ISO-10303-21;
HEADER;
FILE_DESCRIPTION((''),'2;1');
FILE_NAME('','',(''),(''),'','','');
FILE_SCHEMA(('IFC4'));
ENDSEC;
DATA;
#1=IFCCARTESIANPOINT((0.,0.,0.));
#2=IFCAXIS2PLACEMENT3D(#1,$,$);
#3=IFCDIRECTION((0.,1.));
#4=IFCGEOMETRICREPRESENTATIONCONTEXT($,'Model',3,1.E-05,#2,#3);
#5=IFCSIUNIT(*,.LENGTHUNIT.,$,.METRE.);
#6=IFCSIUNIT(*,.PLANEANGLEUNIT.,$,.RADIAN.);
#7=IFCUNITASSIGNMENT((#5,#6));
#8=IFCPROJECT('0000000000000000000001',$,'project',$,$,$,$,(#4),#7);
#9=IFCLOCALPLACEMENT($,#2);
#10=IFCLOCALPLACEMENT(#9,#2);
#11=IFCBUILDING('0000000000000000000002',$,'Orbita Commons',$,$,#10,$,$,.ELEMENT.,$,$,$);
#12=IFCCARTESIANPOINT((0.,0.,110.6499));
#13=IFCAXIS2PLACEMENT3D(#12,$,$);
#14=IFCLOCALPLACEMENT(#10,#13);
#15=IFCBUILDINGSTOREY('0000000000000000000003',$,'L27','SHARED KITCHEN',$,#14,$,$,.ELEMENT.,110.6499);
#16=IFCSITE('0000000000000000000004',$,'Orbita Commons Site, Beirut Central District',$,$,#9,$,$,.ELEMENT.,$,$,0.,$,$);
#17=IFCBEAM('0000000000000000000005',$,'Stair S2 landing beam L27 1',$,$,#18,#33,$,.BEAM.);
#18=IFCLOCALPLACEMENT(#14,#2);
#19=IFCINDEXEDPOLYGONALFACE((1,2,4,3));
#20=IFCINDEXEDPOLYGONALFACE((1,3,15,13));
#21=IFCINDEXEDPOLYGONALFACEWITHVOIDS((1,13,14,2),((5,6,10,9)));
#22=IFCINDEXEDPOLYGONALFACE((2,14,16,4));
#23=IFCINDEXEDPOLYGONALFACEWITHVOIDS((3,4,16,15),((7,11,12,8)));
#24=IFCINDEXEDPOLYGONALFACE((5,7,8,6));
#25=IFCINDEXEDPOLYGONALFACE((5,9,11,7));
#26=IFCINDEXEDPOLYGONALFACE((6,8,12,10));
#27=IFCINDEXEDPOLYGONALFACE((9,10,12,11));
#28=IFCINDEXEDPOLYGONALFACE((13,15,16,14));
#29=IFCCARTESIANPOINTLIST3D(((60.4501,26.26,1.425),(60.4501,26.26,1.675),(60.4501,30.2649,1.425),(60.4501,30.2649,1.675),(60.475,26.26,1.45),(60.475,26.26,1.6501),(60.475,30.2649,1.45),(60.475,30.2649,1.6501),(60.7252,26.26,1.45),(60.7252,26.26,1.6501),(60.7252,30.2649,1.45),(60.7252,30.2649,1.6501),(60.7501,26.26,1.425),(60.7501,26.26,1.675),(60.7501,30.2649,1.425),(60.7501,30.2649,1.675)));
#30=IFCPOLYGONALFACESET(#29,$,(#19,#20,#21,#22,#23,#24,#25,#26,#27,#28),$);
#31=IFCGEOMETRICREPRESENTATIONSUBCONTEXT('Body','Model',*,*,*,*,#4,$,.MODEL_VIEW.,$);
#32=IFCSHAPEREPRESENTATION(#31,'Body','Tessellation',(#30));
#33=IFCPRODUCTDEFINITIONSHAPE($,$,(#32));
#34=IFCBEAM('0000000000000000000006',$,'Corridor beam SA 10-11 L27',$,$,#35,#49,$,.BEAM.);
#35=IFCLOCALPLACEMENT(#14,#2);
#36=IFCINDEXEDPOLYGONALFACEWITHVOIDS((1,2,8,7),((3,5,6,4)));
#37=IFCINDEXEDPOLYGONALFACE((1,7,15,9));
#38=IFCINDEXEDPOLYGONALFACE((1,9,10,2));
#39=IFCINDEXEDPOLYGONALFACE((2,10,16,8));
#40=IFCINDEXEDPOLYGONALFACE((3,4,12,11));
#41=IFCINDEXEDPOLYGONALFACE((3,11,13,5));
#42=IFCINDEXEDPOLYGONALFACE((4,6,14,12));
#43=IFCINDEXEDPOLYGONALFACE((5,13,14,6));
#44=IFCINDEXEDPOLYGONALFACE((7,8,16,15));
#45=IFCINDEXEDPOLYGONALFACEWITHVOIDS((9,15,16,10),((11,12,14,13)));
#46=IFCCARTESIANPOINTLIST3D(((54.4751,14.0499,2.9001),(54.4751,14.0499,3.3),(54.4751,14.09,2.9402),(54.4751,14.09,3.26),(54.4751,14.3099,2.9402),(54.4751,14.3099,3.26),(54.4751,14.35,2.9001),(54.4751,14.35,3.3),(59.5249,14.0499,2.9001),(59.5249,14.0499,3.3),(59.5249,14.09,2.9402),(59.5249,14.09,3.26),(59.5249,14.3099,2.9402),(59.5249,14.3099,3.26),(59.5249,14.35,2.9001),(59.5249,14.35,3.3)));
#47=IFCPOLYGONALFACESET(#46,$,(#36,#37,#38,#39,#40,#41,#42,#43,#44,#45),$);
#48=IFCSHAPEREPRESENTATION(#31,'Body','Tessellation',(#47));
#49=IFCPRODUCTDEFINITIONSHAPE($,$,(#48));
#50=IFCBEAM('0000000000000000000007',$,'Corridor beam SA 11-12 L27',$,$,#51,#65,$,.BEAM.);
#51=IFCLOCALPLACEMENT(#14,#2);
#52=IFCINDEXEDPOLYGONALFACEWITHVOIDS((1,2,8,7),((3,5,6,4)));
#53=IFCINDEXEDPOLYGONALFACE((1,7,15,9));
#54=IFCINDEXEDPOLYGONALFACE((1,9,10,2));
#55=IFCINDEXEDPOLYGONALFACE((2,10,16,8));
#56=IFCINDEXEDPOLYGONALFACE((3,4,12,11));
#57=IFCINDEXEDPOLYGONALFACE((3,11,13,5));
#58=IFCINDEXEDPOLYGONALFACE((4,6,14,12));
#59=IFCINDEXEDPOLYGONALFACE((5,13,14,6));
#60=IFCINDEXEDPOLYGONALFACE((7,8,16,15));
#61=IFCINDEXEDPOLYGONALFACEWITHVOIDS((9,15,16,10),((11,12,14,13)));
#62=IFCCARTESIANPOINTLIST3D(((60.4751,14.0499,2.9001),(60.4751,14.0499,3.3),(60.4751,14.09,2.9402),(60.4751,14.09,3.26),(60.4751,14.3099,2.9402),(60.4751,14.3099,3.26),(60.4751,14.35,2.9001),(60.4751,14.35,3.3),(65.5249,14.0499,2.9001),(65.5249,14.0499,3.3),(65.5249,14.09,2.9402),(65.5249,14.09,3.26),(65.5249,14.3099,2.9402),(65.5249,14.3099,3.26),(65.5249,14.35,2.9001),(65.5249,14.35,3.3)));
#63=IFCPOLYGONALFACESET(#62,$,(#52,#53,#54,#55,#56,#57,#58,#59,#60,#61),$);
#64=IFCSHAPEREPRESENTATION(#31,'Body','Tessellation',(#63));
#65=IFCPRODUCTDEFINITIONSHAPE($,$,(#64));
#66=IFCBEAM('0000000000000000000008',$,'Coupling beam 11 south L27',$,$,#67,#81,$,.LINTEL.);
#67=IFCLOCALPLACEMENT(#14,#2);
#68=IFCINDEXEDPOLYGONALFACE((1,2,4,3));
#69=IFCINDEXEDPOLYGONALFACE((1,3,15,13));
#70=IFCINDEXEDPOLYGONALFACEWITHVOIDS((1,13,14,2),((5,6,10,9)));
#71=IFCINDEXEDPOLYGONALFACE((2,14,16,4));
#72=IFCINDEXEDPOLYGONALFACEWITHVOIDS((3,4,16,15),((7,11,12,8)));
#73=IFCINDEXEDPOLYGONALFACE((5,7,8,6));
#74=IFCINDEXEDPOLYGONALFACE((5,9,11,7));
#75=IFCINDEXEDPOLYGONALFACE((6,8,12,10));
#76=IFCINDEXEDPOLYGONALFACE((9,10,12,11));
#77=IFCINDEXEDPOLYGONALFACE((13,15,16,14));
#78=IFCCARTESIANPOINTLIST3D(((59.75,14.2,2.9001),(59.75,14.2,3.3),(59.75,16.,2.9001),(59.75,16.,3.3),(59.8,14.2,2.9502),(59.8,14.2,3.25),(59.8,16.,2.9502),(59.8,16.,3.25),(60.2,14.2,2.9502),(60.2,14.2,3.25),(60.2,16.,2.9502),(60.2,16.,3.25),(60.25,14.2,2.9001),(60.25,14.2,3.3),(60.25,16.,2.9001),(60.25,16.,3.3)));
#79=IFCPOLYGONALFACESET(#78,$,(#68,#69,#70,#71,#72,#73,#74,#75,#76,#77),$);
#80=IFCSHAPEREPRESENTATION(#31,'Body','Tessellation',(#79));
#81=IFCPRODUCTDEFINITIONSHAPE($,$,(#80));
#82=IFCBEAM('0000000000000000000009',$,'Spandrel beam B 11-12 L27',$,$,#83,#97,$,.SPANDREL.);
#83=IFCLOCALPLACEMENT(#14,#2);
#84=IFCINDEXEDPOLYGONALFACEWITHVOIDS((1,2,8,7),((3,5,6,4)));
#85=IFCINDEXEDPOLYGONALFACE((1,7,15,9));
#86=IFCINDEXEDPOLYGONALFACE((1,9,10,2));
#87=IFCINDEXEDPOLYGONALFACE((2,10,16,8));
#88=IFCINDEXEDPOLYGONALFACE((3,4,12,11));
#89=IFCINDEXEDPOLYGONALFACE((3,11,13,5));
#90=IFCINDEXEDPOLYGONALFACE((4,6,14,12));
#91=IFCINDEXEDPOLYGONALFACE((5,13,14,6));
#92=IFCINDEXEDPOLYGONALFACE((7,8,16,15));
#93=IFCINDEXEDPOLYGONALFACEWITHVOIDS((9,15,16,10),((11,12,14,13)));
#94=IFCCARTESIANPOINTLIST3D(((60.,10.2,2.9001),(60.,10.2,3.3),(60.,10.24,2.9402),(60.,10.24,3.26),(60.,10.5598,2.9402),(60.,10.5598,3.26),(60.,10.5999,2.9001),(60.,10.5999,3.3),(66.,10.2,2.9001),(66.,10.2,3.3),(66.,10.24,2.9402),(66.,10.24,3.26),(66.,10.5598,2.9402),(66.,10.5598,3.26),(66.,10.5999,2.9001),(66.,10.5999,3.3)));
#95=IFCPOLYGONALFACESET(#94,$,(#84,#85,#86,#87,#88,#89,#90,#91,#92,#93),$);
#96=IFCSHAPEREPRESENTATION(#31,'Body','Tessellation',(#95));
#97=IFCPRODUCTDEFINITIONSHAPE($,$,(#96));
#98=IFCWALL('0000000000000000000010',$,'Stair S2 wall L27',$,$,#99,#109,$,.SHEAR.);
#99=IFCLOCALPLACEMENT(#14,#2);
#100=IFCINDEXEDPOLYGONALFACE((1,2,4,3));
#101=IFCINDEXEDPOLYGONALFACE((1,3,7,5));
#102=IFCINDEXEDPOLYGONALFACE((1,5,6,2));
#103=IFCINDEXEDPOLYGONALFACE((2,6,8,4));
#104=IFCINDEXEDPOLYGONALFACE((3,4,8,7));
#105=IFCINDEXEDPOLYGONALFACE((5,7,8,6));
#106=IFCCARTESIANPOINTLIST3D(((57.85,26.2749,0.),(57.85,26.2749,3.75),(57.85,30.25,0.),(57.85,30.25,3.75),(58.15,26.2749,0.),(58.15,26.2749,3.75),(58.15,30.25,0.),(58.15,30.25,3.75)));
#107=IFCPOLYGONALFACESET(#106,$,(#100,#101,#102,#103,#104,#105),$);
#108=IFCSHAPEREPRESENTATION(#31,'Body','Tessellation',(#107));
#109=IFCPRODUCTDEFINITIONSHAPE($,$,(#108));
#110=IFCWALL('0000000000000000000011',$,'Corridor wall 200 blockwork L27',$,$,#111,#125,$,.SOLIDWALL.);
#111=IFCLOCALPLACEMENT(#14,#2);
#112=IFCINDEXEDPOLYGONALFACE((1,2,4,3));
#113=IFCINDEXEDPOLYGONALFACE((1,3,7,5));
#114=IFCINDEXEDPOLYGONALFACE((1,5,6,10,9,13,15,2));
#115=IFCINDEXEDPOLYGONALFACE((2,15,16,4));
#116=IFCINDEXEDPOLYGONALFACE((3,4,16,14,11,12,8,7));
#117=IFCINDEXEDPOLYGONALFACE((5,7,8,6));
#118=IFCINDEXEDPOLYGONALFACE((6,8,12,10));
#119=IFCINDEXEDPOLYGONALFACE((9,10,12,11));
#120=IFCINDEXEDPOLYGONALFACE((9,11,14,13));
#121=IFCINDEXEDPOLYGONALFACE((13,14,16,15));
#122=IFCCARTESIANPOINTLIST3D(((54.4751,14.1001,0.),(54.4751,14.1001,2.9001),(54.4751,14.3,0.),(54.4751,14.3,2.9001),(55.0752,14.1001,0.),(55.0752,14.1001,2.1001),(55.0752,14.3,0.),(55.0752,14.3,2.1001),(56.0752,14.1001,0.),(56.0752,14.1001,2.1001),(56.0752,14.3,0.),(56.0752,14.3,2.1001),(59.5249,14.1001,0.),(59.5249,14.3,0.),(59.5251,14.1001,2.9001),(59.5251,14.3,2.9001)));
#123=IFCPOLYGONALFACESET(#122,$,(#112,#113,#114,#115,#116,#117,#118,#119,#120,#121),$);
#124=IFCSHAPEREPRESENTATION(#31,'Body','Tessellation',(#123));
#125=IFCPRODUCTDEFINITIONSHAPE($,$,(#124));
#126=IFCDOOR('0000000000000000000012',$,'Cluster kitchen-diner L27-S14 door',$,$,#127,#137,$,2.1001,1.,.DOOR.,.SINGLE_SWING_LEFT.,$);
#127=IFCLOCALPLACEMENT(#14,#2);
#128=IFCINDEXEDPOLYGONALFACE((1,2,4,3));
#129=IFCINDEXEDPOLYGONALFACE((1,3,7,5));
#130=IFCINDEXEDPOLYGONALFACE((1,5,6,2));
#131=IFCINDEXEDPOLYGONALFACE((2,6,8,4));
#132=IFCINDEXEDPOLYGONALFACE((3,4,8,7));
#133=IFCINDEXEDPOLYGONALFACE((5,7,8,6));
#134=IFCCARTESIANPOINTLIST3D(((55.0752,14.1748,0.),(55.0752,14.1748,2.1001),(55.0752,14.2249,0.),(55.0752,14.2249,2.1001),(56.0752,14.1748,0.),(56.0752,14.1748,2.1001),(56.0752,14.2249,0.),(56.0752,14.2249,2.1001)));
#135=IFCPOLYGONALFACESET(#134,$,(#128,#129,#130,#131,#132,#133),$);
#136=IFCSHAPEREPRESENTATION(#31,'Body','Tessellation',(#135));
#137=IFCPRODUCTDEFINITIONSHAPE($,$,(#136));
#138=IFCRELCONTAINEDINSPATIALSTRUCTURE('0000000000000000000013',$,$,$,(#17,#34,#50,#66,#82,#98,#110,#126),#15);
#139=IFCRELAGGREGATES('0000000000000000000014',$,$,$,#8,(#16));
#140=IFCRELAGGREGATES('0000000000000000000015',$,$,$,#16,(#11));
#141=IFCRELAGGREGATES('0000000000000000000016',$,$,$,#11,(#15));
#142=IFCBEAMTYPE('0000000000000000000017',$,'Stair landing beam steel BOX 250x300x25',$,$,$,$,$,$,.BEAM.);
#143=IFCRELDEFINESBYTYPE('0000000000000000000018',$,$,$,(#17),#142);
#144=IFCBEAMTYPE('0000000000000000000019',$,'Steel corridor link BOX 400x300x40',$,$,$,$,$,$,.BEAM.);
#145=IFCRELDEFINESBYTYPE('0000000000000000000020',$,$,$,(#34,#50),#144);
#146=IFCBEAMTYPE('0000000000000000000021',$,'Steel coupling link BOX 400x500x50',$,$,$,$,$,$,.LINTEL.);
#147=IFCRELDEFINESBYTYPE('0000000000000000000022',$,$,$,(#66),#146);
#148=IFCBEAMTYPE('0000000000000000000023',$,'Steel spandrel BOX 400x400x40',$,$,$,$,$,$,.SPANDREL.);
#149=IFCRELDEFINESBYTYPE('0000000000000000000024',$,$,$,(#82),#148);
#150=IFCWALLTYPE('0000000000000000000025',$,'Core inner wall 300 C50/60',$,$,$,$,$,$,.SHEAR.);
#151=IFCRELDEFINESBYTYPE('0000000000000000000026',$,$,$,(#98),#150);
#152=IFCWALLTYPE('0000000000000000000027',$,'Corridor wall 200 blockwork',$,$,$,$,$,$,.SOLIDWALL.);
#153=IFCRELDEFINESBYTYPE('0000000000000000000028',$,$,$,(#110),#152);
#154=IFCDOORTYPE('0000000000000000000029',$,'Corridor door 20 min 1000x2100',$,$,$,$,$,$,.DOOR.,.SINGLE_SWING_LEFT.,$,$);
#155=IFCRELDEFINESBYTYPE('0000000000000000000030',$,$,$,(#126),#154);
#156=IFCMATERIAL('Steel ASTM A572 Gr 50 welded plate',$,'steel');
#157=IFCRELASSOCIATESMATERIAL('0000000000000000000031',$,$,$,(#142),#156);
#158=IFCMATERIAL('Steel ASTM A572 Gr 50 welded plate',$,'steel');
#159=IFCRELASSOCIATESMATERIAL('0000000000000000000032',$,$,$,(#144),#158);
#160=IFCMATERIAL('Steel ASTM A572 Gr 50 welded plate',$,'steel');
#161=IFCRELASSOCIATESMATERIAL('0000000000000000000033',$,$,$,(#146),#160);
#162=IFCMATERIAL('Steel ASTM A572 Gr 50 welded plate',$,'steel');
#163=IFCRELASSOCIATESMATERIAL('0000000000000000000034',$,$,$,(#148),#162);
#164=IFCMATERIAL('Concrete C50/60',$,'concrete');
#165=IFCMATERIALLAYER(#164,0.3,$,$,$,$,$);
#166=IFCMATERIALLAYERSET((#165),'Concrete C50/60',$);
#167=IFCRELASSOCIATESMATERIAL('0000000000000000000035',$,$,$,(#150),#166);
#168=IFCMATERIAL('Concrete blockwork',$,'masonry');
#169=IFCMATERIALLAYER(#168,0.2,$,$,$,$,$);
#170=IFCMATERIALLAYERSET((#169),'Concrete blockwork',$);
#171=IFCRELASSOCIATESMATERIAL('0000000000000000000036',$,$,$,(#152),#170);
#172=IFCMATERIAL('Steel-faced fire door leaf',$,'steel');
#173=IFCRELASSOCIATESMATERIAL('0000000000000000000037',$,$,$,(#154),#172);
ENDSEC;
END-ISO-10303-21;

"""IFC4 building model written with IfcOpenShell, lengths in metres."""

from ifc_helpers import new_model, si_unit, direction, frame, frame_2d, origin, origin_2d, place, context, subcontext, project, spatial, polyline, rectangle, hollow_rectangle, outline, extrude, material, layer, layer_set, material_profile, profile_set, type_object, element, fill, save


model = new_model("IFC4")

# Units and contexts
model_context = context("Model", 3, precision=1e-05, world=origin(), true_north=direction((0.0, 1.0)))
body_context = subcontext(model_context, "Body", "Model", "MODEL_VIEW")
ifc_project = project(units=[si_unit("LENGTHUNIT", "METRE"), si_unit("PLANEANGLEUNIT", "RADIAN")], contexts=[model_context])

# Site, building, storey
site_placement = place(None, origin())
site = spatial("IfcSite", under=ifc_project, at=site_placement, Name="Orbita Commons Site, Beirut Central District", CompositionType="ELEMENT", RefElevation=0.0)
building_placement = place(site_placement, origin())
building = spatial("IfcBuilding", under=site, at=building_placement, Name="Orbita Commons", CompositionType="ELEMENT")
storey_placement = place(building_placement, frame((0.0, 0.0, 110.6499)))
storey = spatial("IfcBuildingStorey", under=building, at=storey_placement, Name="L27", Description="SHARED KITCHEN", CompositionType="ELEMENT", Elevation=110.6499)

# Beams
ifc_material_1 = material(Name="Steel ASTM A572 Gr 50 welded plate", Category="steel")
ifc_material_profile_1 = material_profile(ifc_material_1, hollow_rectangle(XDim=0.3, YDim=0.25, WallThickness=0.0249, at=origin_2d()), Name="BOX 250x300x25")
ifc_profile_set_1 = profile_set([ifc_material_profile_1], Name="Steel ASTM A572 Gr 50 welded plate")
beam_type_1 = type_object("IfcBeamType", Name="Stair landing beam steel BOX 250x300x25", PredefinedType="BEAM", material=ifc_profile_set_1)
beam_1_placement = place(storey_placement, frame((60.6001, 26.26, 1.55), z_axis=(0.0, 1.0, 0.0), x_axis=(-1.0, 0.0, 0.0)))
element("IfcBeam", 1, at=beam_1_placement, inside=storey, type_object=beam_type_1, Name="Stair S2 landing beam L27 1", PredefinedType="BEAM", context=body_context, shape_type="SweptSolid", body=[
    extrude(hollow_rectangle(XDim=0.3, YDim=0.25, WallThickness=0.0249, at=origin_2d()), origin(), (0.0, 0.0, 1.0), 4.0049),
])
ifc_material_2 = material(Name="Steel ASTM A572 Gr 50 welded plate", Category="steel")
ifc_material_profile_2 = material_profile(ifc_material_2, hollow_rectangle(XDim=0.3, YDim=0.3999, WallThickness=0.04, at=origin_2d()), Name="BOX 400x300x40")
ifc_profile_set_2 = profile_set([ifc_material_profile_2], Name="Steel ASTM A572 Gr 50 welded plate")
beam_type_2 = type_object("IfcBeamType", Name="Steel corridor link BOX 400x300x40", PredefinedType="BEAM", material=ifc_profile_set_2)
for number, where, z_axis, x_axis, name in (
    (2, (54.4751, 14.2, 3.1001), (1.0, 0.0, 0.0), (0.0, 1.0, 0.0), "Corridor beam SA 10-11 L27"),
    (3, (60.4751, 14.2, 3.1001), (1.0, 0.0, 0.0), (0.0, 1.0, 0.0), "Corridor beam SA 11-12 L27"),
):
    element("IfcBeam", number, at=place(storey_placement, frame(where, z_axis=z_axis, x_axis=x_axis)), inside=storey, type_object=beam_type_2, Name=name, PredefinedType="BEAM", context=body_context, shape_type="SweptSolid", body=[
        extrude(hollow_rectangle(XDim=0.3, YDim=0.3999, WallThickness=0.04, at=origin_2d()), origin(), (0.0, 0.0, 1.0), 5.0498),
    ])
ifc_material_3 = material(Name="Steel ASTM A572 Gr 50 welded plate", Category="steel")
ifc_material_profile_3 = material_profile(ifc_material_3, hollow_rectangle(XDim=0.5, YDim=0.3999, WallThickness=0.05, at=origin_2d()), Name="BOX 400x500x50")
ifc_profile_set_3 = profile_set([ifc_material_profile_3], Name="Steel ASTM A572 Gr 50 welded plate")
beam_type_3 = type_object("IfcBeamType", Name="Steel coupling link BOX 400x500x50", PredefinedType="LINTEL", material=ifc_profile_set_3)
beam_2_placement = place(storey_placement, frame((60.0, 14.2, 3.1001), z_axis=(0.0, 1.0, 0.0), x_axis=(-1.0, 0.0, 0.0)))
element("IfcBeam", 4, at=beam_2_placement, inside=storey, type_object=beam_type_3, Name="Coupling beam 11 south L27", PredefinedType="LINTEL", context=body_context, shape_type="SweptSolid", body=[
    extrude(hollow_rectangle(XDim=0.5, YDim=0.3999, WallThickness=0.05, at=origin_2d()), origin(), (0.0, 0.0, 1.0), 1.8),
])
ifc_material_4 = material(Name="Steel ASTM A572 Gr 50 welded plate", Category="steel")
ifc_material_profile_4 = material_profile(ifc_material_4, hollow_rectangle(XDim=0.3999, YDim=0.3999, WallThickness=0.04, at=origin_2d()), Name="BOX 400x400x40")
ifc_profile_set_4 = profile_set([ifc_material_profile_4], Name="Steel ASTM A572 Gr 50 welded plate")
beam_type_4 = type_object("IfcBeamType", Name="Steel spandrel BOX 400x400x40", PredefinedType="SPANDREL", material=ifc_profile_set_4)
beam_3_placement = place(storey_placement, frame((60.0, 10.3999, 3.1001), z_axis=(1.0, 0.0, 0.0), x_axis=(0.0, 1.0, 0.0)))
element("IfcBeam", 5, at=beam_3_placement, inside=storey, type_object=beam_type_4, Name="Spandrel beam B 11-12 L27", PredefinedType="SPANDREL", context=body_context, shape_type="SweptSolid", body=[
    extrude(hollow_rectangle(XDim=0.3999, YDim=0.3999, WallThickness=0.04, at=origin_2d()), origin(), (0.0, 0.0, 1.0), 6.0),
])

# Wall
ifc_material_5 = material(Name="Concrete C50/60", Category="concrete")
ifc_layer_1 = layer(ifc_material_5, 0.3)
ifc_layer_set_1 = layer_set([ifc_layer_1], Name="Concrete C50/60")
wall_type_1 = type_object("IfcWallType", Name="Core inner wall 300 C50/60", PredefinedType="SHEAR", material=ifc_layer_set_1)
wall_1_placement = place(storey_placement, frame((58.0, 26.2749, 0.0), z_axis=(0.0, 0.0, 1.0), x_axis=(0.0, 1.0, 0.0)))
element("IfcWall", 6, at=wall_1_placement, inside=storey, type_object=wall_type_1, Name="Stair S2 wall L27", PredefinedType="SHEAR", context=body_context, shape_type="SweptSolid", body=[
    extrude(rectangle(XDim=3.9751, YDim=0.3, at=frame_2d((1.9875, 0.0))), origin(), (0.0, 0.0, 1.0), 3.75),
])

# Wall, opening, door
ifc_material_6 = material(Name="Concrete blockwork", Category="masonry")
ifc_layer_2 = layer(ifc_material_6, 0.2)
ifc_layer_set_2 = layer_set([ifc_layer_2], Name="Concrete blockwork")
wall_type_2 = type_object("IfcWallType", Name="Corridor wall 200 blockwork", PredefinedType="SOLIDWALL", material=ifc_layer_set_2)
wall_2_placement = place(storey_placement, frame((54.4751, 14.2, 0.0), z_axis=(0.0, 0.0, 1.0), x_axis=(1.0, 0.0, 0.0)))
wall_2 = element("IfcWall", 7, at=wall_2_placement, inside=storey, type_object=wall_type_2, Name="Corridor wall 200 blockwork L27", PredefinedType="SOLIDWALL", context=body_context, shape_type="SweptSolid", body=[
    extrude(outline(polyline([(0.0, 0.0), (5.0498, 0.0), (5.05, 2.9001), (0.0, 2.9001), (0.0, 0.0)])), frame((0.0, 0.1001, 0.0), z_axis=(0.0, -1.0, 0.0), x_axis=(1.0, 0.0, 0.0)), (0.0, 0.0, 1.0), 0.2),
])
opening_1_placement = place(wall_2_placement, frame((0.6001, 0.0, 0.0)))
opening_1 = element("IfcOpeningElement", 8, at=opening_1_placement, cuts=wall_2, PredefinedType="OPENING", context=body_context, shape_type="SweptSolid", body=[
    extrude(rectangle(XDim=1.0, YDim=2.1001, at=frame_2d((0.5, 1.05))), frame((0.0, 0.1099, 0.0), z_axis=(0.0, -1.0, 0.0), x_axis=(1.0, 0.0, 0.0)), (0.0, 0.0, 1.0), 0.22),
])
ifc_material_7 = material(Name="Steel-faced fire door leaf", Category="steel")
door_type_1 = type_object("IfcDoorType", Name="Corridor door 20 min 1000x2100", OperationType="SINGLE_SWING_LEFT", PredefinedType="DOOR", material=ifc_material_7)
door_1_placement = place(opening_1_placement, origin())
door_1 = element("IfcDoor", 9, at=door_1_placement, inside=storey, type_object=door_type_1, Name="Cluster kitchen-diner L27-S14 door", OperationType="SINGLE_SWING_LEFT", OverallHeight=2.1001, OverallWidth=1.0, PredefinedType="DOOR", context=body_context, shape_type="SweptSolid", body=[
    extrude(rectangle(XDim=1.0, YDim=2.1001, at=frame_2d((0.5, 1.05))), frame((0.0, 0.0249, 0.0), z_axis=(0.0, -1.0, 0.0), x_axis=(1.0, 0.0, 0.0)), (0.0, 0.0, 1.0), 0.05),
])
fill(opening_1, door_1)

save(model, "model.ifc")
